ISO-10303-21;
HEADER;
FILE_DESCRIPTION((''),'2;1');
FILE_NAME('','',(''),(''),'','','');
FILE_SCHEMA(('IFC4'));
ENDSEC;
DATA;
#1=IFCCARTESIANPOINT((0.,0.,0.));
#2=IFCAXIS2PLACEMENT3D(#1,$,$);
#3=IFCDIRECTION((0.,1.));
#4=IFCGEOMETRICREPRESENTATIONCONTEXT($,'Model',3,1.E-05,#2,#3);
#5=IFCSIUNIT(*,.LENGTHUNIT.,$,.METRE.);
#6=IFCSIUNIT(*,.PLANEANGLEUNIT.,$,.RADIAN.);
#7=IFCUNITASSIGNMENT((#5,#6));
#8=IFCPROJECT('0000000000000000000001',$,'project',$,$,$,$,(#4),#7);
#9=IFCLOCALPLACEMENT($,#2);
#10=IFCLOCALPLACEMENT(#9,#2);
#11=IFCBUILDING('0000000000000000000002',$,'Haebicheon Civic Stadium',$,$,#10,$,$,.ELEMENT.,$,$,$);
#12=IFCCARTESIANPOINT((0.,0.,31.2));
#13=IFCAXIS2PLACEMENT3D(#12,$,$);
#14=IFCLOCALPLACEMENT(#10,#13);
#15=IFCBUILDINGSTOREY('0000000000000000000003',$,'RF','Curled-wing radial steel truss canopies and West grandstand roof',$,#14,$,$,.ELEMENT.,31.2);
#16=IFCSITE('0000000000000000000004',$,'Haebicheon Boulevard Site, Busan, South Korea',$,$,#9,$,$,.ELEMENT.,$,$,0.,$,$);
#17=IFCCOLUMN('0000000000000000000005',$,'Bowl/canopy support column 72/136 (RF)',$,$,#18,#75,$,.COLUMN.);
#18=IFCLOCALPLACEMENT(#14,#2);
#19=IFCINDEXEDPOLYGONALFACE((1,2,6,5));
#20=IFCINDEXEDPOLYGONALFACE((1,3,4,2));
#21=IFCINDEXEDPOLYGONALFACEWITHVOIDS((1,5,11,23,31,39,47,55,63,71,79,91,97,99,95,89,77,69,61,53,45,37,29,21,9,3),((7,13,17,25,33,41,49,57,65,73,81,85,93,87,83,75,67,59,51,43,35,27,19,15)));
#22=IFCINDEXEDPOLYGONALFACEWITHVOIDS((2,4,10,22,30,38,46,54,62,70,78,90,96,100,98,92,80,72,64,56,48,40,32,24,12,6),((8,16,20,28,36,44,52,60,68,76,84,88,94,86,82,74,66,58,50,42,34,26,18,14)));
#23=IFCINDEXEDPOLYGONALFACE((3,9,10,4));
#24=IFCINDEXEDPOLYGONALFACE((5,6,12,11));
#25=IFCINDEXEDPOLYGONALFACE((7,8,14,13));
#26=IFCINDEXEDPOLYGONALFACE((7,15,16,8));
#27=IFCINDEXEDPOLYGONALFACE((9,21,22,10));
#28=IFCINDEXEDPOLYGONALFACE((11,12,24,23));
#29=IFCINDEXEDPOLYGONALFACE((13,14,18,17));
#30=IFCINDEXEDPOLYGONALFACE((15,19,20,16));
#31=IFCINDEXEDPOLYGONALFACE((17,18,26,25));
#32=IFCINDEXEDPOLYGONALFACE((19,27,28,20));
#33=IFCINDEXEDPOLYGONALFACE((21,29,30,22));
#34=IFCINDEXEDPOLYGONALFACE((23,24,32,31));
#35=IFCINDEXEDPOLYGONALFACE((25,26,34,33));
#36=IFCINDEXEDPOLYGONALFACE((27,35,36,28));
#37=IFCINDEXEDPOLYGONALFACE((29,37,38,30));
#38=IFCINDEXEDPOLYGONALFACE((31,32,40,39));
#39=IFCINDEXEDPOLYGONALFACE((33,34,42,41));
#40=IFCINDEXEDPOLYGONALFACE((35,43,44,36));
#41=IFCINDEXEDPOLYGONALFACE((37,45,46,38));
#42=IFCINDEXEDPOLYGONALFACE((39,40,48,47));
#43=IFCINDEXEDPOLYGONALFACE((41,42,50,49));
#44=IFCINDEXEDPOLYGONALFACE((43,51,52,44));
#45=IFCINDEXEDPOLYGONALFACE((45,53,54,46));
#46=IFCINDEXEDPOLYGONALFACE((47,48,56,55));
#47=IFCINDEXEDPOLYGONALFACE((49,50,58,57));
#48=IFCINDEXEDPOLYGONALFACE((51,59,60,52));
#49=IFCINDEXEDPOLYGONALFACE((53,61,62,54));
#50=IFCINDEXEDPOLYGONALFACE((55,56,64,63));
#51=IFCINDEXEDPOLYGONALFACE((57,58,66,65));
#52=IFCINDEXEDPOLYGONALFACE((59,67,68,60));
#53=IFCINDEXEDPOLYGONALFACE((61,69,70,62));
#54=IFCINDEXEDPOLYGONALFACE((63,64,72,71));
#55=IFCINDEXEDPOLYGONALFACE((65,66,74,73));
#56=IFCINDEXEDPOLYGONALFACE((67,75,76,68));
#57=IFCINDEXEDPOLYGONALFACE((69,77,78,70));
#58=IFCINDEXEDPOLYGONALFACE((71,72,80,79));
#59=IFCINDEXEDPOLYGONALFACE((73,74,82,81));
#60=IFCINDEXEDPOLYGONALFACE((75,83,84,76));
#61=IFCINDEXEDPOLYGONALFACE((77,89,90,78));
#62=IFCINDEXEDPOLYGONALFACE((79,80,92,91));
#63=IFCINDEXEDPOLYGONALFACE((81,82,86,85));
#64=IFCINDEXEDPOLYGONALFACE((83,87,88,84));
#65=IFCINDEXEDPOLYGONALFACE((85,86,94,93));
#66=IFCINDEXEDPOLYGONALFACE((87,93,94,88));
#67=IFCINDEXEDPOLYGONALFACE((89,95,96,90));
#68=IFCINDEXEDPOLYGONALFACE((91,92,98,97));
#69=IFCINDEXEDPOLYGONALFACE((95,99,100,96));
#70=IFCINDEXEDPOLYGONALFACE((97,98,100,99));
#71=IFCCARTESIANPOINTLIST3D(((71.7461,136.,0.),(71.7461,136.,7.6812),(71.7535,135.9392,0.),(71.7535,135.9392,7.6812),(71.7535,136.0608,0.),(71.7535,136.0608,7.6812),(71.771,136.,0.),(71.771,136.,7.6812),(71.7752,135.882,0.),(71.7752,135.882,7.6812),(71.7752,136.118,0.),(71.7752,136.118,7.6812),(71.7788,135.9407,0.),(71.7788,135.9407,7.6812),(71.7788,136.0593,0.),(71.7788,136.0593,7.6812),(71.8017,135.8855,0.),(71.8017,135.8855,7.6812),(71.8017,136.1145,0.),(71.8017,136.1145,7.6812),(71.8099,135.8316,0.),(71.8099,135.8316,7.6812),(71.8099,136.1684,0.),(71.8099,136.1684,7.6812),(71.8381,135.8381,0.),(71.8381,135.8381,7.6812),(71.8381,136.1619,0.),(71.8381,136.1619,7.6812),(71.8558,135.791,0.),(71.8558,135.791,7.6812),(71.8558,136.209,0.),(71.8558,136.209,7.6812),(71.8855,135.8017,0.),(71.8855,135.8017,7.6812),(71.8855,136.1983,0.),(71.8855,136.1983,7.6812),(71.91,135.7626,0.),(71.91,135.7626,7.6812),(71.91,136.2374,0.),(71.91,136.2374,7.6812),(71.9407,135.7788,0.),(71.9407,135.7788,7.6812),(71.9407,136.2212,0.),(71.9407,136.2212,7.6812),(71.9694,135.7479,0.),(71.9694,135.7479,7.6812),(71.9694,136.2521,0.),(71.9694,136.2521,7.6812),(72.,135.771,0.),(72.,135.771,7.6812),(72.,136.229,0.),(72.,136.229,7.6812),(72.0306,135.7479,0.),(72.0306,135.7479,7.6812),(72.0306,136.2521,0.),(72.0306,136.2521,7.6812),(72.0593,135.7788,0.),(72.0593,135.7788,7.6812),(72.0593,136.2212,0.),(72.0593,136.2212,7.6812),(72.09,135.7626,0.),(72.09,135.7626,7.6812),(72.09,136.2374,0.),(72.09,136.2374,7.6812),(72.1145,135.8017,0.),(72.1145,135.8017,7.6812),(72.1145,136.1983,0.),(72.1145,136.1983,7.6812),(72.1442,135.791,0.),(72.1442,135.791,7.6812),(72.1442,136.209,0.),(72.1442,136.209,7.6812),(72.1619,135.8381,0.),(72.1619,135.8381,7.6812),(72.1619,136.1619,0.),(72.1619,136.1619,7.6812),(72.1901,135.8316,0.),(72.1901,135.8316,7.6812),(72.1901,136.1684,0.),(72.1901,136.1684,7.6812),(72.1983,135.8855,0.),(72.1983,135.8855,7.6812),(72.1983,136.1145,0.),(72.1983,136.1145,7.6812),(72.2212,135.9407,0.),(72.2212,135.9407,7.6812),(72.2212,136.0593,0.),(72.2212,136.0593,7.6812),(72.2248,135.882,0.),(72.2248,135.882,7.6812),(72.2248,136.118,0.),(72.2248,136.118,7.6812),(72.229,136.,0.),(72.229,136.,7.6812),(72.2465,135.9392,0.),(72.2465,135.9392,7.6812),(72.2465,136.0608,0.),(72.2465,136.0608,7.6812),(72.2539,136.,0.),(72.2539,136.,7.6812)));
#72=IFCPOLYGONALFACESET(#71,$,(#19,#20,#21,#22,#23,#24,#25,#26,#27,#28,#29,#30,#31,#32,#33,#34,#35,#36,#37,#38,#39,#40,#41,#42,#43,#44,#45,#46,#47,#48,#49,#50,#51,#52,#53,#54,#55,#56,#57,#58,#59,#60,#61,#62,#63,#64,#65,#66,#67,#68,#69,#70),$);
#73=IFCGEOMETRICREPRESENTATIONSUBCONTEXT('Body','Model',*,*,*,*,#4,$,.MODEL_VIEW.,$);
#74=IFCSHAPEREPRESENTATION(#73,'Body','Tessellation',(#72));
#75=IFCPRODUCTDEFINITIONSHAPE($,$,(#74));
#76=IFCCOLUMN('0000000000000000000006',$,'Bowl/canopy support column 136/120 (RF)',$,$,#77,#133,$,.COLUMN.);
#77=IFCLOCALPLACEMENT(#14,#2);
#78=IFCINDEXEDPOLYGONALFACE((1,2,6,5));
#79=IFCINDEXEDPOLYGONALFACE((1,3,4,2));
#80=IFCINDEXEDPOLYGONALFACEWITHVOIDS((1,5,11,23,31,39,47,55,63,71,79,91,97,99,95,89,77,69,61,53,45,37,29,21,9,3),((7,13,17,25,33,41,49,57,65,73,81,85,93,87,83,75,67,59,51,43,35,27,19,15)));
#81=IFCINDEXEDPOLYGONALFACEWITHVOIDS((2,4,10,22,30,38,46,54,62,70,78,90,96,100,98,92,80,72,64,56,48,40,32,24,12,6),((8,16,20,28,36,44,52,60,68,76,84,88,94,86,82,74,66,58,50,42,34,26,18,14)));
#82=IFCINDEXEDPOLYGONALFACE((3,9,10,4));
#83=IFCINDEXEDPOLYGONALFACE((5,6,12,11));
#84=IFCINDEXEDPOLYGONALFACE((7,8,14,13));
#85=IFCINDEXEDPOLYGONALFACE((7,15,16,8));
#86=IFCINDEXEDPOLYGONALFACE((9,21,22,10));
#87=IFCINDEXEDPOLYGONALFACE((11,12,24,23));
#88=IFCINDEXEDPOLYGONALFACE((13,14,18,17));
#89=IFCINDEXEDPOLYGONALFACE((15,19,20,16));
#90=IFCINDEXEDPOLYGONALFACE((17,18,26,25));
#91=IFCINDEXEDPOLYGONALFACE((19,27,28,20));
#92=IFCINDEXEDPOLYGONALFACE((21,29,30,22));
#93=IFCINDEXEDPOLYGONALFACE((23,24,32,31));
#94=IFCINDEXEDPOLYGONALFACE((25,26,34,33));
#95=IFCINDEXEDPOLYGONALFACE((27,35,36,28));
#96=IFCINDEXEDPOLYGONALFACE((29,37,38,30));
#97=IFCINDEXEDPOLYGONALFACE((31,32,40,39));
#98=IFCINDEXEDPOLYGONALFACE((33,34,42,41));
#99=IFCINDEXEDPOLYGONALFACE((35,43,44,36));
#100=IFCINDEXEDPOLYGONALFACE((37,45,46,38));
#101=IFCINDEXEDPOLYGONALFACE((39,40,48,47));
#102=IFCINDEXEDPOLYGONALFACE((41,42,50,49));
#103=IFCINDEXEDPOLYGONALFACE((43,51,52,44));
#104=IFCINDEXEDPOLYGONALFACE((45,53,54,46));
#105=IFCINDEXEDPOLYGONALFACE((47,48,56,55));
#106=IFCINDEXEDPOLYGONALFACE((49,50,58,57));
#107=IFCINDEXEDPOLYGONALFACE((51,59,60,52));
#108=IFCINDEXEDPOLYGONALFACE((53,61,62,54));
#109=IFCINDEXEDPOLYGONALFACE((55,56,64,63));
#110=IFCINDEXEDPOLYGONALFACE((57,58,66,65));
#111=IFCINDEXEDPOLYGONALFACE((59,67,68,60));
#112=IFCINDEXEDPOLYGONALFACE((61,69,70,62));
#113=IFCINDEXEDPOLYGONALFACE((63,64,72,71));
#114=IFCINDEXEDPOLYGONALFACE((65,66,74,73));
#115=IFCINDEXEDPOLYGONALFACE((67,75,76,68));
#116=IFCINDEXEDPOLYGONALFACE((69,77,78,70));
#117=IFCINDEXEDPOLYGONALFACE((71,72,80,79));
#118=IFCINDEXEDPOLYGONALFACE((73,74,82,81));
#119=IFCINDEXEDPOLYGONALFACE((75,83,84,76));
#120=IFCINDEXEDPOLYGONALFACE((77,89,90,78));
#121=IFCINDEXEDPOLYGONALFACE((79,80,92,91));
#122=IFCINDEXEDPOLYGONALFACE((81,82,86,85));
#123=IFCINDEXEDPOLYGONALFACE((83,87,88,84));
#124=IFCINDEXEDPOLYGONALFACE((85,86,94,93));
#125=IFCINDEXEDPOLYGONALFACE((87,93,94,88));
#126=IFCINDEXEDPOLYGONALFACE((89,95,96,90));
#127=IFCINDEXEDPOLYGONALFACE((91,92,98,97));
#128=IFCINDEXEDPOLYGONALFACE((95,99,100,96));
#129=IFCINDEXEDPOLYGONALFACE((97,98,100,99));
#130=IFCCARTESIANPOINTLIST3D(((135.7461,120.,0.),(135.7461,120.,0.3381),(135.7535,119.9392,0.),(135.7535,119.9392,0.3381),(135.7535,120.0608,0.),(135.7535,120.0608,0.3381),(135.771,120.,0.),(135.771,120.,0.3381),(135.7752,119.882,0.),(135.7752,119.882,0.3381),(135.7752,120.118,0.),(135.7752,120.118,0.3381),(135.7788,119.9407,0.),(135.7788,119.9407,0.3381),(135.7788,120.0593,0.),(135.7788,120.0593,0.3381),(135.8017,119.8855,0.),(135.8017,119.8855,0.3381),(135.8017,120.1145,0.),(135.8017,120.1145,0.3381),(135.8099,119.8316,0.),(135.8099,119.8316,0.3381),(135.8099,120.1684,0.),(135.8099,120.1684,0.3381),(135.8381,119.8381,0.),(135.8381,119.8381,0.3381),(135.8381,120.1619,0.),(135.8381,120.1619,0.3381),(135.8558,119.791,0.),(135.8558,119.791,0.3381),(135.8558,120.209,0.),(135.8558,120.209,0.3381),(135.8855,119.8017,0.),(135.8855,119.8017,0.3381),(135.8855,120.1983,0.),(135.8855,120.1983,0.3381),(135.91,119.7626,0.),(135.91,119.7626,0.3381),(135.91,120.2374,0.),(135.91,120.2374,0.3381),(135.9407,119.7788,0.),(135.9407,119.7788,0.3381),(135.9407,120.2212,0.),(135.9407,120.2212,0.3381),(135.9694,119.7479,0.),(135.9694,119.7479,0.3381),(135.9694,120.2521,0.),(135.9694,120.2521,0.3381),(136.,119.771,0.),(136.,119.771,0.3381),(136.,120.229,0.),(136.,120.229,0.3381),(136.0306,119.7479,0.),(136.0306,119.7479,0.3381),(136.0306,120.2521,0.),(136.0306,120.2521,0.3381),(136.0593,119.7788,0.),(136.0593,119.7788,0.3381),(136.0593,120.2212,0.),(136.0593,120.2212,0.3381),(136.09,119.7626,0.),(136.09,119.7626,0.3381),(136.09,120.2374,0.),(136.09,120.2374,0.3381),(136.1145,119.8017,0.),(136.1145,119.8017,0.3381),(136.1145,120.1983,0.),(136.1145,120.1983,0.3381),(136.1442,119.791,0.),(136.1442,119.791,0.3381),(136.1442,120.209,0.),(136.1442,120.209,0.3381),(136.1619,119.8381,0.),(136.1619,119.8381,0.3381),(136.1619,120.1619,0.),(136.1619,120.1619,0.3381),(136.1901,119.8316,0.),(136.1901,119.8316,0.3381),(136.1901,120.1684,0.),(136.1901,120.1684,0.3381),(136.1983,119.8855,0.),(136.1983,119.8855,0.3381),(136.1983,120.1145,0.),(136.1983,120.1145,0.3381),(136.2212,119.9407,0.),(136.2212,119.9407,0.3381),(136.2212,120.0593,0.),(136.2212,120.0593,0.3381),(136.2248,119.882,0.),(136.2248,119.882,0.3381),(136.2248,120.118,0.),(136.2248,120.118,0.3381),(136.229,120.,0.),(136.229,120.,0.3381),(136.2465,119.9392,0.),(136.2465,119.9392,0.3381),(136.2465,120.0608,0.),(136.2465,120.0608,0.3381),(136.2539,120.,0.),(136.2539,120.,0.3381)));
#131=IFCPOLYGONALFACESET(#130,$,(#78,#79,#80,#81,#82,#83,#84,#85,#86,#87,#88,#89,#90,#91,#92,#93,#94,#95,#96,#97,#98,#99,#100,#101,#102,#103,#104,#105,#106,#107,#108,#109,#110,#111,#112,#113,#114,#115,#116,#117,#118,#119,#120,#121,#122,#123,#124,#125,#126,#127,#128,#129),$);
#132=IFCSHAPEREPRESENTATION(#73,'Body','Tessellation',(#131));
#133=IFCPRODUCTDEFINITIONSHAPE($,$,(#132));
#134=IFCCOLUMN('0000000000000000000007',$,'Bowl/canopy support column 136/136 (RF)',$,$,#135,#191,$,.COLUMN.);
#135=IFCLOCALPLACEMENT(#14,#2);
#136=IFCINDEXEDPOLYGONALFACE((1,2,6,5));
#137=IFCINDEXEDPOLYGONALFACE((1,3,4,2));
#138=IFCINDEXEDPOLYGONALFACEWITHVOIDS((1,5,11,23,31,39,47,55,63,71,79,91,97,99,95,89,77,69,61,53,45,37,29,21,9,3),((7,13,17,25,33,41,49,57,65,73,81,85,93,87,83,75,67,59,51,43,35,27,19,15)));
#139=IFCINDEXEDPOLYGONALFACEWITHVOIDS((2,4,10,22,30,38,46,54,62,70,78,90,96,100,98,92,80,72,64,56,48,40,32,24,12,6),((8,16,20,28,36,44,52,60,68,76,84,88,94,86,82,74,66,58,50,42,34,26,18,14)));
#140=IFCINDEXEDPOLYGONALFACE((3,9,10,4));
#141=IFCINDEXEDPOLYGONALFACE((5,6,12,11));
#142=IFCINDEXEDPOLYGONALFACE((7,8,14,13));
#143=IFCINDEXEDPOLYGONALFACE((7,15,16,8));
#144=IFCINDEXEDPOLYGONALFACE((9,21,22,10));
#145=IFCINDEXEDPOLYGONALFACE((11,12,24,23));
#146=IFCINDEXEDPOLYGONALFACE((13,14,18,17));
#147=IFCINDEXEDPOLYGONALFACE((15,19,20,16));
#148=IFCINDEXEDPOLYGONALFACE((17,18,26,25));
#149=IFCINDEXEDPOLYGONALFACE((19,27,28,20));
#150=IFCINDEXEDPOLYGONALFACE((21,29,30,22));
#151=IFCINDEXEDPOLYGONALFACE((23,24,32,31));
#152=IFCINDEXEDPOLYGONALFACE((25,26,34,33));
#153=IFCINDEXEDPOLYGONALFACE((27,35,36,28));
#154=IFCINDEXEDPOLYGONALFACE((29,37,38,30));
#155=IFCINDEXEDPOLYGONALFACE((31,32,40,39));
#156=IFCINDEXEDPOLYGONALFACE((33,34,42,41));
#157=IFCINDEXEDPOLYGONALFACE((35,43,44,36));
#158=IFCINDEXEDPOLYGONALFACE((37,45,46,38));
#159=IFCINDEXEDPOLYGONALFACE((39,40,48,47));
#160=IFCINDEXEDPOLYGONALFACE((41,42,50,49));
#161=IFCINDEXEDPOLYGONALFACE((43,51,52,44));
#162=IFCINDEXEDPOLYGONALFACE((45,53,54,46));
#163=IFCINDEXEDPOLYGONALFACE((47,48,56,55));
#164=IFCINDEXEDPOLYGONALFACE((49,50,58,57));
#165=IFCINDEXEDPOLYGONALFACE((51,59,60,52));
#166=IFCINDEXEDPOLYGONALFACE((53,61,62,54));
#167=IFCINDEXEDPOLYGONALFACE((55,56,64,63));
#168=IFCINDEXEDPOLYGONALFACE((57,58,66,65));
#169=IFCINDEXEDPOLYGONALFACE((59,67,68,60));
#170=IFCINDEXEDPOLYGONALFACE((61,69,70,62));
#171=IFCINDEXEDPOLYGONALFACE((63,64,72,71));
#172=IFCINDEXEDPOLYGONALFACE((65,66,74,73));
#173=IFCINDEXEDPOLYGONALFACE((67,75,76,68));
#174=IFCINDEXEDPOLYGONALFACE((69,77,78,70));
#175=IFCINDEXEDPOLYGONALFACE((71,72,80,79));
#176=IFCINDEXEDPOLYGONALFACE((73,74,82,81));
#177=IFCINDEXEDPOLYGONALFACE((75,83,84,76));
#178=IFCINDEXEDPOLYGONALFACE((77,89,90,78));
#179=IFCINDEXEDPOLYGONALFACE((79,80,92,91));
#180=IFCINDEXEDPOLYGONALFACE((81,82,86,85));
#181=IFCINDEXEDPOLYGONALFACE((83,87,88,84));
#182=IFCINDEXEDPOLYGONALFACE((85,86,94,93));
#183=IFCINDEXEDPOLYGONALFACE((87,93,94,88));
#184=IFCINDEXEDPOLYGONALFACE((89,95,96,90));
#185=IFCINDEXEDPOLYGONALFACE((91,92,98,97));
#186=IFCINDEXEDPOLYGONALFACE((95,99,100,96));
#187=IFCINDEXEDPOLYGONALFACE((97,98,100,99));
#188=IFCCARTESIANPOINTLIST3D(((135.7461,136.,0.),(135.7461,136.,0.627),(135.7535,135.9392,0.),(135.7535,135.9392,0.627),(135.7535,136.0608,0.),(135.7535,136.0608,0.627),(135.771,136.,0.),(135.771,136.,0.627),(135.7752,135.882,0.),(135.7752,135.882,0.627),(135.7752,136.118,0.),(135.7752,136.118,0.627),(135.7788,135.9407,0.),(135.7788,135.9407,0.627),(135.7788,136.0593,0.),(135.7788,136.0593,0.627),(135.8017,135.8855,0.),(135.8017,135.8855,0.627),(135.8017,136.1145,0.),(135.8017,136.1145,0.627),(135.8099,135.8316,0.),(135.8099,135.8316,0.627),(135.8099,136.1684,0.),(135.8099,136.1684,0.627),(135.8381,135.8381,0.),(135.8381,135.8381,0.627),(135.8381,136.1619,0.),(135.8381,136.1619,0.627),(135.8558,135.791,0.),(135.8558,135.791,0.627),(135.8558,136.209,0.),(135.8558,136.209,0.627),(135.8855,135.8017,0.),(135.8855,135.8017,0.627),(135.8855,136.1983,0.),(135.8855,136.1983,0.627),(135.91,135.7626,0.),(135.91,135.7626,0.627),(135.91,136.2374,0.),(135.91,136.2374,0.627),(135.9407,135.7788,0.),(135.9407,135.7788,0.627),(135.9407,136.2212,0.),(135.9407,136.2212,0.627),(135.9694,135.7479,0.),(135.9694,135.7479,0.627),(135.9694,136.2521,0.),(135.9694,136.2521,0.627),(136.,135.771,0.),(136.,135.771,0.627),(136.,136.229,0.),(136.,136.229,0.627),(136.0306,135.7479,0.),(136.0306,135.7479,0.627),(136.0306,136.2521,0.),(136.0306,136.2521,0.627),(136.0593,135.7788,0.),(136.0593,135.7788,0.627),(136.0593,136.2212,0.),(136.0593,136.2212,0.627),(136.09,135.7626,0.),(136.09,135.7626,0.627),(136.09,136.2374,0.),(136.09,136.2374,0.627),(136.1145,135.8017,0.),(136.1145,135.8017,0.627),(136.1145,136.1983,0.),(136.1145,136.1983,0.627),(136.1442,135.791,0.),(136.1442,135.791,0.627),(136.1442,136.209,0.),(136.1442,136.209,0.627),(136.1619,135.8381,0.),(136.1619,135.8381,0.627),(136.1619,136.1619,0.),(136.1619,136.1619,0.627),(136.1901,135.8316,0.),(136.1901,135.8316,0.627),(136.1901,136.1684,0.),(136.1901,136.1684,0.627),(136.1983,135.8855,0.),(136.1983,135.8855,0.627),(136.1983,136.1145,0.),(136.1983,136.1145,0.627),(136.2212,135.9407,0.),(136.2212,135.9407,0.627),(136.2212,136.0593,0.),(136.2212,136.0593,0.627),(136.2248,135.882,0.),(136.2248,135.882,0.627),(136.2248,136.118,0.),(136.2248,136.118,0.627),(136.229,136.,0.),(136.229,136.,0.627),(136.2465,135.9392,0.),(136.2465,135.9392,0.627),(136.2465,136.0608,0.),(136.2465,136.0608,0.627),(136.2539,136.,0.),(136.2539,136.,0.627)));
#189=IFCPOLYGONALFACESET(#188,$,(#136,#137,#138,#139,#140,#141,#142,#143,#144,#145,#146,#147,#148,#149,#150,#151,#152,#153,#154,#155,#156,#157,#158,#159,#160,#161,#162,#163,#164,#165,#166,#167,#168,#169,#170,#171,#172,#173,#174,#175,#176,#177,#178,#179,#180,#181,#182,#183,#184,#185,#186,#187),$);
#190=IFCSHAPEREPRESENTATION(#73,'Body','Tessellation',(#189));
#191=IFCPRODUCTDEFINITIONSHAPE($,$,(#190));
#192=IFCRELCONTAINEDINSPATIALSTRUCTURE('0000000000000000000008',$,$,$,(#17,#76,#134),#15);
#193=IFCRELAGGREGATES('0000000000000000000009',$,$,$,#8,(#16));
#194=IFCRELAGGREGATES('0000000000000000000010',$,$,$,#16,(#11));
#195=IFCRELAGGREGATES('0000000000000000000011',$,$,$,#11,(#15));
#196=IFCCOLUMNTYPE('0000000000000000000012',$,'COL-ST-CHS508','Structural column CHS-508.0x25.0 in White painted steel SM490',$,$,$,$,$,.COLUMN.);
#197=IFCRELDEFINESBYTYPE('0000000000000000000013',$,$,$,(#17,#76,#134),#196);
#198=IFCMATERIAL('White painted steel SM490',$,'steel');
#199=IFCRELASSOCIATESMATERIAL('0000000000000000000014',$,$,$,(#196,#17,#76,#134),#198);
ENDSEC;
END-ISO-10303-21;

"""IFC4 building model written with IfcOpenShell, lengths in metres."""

from ifc_helpers import new_model, si_unit, direction, frame, origin, origin_2d, place, context, subcontext, project, spatial, hollow_circle, extrude, material, material_profile, profile_set, type_object, element, save


model = new_model("IFC4")

# Units and contexts
model_context = context("Model", 3, precision=1e-05, world=origin(), true_north=direction((0.0, 1.0)))
body_context = subcontext(model_context, "Body", "Model", "MODEL_VIEW")
ifc_project = project(units=[si_unit("LENGTHUNIT", "METRE"), si_unit("PLANEANGLEUNIT", "RADIAN")], contexts=[model_context])

# Site, building, storey
site_placement = place(None, origin())
site = spatial("IfcSite", under=ifc_project, at=site_placement, Name="Haebicheon Boulevard Site, Busan, South Korea", CompositionType="ELEMENT", RefElevation=0.0)
building_placement = place(site_placement, origin())
building = spatial("IfcBuilding", under=site, at=building_placement, Name="Haebicheon Civic Stadium", CompositionType="ELEMENT")
storey_placement = place(building_placement, frame((0.0, 0.0, 31.2)))
storey = spatial("IfcBuildingStorey", under=building, at=storey_placement, Name="RF", Description="Curled-wing radial steel truss canopies and West grandstand roof", CompositionType="ELEMENT", Elevation=31.2)

# Columns
ifc_material_1 = material(Name="White painted steel SM490", Category="steel")
ifc_material_profile_1 = material_profile(ifc_material_1, hollow_circle(Radius=0.2539, WallThickness=0.0249, at=origin_2d()), Name="CHS-508.0x25.0")
ifc_profile_set_1 = profile_set([ifc_material_profile_1], Name="White painted steel SM490")
column_type = type_object("IfcColumnType", Name="COL-ST-CHS508", Description="Structural column CHS-508.0x25.0 in White painted steel SM490", PredefinedType="COLUMN", material=ifc_profile_set_1)
column_1_placement = place(storey_placement, frame((72.0, 136.0, 0.0), z_axis=(0.0, 0.0, 1.0), x_axis=(1.0, 0.0, 0.0)))
element("IfcColumn", 1, at=column_1_placement, inside=storey, type_object=column_type, material=ifc_profile_set_1, Name="Bowl/canopy support column 72/136 (RF)", PredefinedType="COLUMN", context=body_context, shape_type="SweptSolid", body=[
    extrude(hollow_circle(Radius=0.2539, WallThickness=0.0249, at=origin_2d()), origin(), (0.0, 0.0, 1.0), 7.6812),
])
column_2_placement = place(storey_placement, frame((136.0, 120.0, 0.0), z_axis=(0.0, 0.0, 1.0), x_axis=(1.0, 0.0, 0.0)))
element("IfcColumn", 2, at=column_2_placement, inside=storey, type_object=column_type, material=ifc_profile_set_1, Name="Bowl/canopy support column 136/120 (RF)", PredefinedType="COLUMN", context=body_context, shape_type="SweptSolid", body=[
    extrude(hollow_circle(Radius=0.2539, WallThickness=0.0249, at=origin_2d()), origin(), (0.0, 0.0, 1.0), 0.3381),
])
column_3_placement = place(storey_placement, frame((136.0, 136.0, 0.0), z_axis=(0.0, 0.0, 1.0), x_axis=(1.0, 0.0, 0.0)))
element("IfcColumn", 3, at=column_3_placement, inside=storey, type_object=column_type, material=ifc_profile_set_1, Name="Bowl/canopy support column 136/136 (RF)", PredefinedType="COLUMN", context=body_context, shape_type="SweptSolid", body=[
    extrude(hollow_circle(Radius=0.2539, WallThickness=0.0249, at=origin_2d()), origin(), (0.0, 0.0, 1.0), 0.627),
])

save(model, "model.ifc")
